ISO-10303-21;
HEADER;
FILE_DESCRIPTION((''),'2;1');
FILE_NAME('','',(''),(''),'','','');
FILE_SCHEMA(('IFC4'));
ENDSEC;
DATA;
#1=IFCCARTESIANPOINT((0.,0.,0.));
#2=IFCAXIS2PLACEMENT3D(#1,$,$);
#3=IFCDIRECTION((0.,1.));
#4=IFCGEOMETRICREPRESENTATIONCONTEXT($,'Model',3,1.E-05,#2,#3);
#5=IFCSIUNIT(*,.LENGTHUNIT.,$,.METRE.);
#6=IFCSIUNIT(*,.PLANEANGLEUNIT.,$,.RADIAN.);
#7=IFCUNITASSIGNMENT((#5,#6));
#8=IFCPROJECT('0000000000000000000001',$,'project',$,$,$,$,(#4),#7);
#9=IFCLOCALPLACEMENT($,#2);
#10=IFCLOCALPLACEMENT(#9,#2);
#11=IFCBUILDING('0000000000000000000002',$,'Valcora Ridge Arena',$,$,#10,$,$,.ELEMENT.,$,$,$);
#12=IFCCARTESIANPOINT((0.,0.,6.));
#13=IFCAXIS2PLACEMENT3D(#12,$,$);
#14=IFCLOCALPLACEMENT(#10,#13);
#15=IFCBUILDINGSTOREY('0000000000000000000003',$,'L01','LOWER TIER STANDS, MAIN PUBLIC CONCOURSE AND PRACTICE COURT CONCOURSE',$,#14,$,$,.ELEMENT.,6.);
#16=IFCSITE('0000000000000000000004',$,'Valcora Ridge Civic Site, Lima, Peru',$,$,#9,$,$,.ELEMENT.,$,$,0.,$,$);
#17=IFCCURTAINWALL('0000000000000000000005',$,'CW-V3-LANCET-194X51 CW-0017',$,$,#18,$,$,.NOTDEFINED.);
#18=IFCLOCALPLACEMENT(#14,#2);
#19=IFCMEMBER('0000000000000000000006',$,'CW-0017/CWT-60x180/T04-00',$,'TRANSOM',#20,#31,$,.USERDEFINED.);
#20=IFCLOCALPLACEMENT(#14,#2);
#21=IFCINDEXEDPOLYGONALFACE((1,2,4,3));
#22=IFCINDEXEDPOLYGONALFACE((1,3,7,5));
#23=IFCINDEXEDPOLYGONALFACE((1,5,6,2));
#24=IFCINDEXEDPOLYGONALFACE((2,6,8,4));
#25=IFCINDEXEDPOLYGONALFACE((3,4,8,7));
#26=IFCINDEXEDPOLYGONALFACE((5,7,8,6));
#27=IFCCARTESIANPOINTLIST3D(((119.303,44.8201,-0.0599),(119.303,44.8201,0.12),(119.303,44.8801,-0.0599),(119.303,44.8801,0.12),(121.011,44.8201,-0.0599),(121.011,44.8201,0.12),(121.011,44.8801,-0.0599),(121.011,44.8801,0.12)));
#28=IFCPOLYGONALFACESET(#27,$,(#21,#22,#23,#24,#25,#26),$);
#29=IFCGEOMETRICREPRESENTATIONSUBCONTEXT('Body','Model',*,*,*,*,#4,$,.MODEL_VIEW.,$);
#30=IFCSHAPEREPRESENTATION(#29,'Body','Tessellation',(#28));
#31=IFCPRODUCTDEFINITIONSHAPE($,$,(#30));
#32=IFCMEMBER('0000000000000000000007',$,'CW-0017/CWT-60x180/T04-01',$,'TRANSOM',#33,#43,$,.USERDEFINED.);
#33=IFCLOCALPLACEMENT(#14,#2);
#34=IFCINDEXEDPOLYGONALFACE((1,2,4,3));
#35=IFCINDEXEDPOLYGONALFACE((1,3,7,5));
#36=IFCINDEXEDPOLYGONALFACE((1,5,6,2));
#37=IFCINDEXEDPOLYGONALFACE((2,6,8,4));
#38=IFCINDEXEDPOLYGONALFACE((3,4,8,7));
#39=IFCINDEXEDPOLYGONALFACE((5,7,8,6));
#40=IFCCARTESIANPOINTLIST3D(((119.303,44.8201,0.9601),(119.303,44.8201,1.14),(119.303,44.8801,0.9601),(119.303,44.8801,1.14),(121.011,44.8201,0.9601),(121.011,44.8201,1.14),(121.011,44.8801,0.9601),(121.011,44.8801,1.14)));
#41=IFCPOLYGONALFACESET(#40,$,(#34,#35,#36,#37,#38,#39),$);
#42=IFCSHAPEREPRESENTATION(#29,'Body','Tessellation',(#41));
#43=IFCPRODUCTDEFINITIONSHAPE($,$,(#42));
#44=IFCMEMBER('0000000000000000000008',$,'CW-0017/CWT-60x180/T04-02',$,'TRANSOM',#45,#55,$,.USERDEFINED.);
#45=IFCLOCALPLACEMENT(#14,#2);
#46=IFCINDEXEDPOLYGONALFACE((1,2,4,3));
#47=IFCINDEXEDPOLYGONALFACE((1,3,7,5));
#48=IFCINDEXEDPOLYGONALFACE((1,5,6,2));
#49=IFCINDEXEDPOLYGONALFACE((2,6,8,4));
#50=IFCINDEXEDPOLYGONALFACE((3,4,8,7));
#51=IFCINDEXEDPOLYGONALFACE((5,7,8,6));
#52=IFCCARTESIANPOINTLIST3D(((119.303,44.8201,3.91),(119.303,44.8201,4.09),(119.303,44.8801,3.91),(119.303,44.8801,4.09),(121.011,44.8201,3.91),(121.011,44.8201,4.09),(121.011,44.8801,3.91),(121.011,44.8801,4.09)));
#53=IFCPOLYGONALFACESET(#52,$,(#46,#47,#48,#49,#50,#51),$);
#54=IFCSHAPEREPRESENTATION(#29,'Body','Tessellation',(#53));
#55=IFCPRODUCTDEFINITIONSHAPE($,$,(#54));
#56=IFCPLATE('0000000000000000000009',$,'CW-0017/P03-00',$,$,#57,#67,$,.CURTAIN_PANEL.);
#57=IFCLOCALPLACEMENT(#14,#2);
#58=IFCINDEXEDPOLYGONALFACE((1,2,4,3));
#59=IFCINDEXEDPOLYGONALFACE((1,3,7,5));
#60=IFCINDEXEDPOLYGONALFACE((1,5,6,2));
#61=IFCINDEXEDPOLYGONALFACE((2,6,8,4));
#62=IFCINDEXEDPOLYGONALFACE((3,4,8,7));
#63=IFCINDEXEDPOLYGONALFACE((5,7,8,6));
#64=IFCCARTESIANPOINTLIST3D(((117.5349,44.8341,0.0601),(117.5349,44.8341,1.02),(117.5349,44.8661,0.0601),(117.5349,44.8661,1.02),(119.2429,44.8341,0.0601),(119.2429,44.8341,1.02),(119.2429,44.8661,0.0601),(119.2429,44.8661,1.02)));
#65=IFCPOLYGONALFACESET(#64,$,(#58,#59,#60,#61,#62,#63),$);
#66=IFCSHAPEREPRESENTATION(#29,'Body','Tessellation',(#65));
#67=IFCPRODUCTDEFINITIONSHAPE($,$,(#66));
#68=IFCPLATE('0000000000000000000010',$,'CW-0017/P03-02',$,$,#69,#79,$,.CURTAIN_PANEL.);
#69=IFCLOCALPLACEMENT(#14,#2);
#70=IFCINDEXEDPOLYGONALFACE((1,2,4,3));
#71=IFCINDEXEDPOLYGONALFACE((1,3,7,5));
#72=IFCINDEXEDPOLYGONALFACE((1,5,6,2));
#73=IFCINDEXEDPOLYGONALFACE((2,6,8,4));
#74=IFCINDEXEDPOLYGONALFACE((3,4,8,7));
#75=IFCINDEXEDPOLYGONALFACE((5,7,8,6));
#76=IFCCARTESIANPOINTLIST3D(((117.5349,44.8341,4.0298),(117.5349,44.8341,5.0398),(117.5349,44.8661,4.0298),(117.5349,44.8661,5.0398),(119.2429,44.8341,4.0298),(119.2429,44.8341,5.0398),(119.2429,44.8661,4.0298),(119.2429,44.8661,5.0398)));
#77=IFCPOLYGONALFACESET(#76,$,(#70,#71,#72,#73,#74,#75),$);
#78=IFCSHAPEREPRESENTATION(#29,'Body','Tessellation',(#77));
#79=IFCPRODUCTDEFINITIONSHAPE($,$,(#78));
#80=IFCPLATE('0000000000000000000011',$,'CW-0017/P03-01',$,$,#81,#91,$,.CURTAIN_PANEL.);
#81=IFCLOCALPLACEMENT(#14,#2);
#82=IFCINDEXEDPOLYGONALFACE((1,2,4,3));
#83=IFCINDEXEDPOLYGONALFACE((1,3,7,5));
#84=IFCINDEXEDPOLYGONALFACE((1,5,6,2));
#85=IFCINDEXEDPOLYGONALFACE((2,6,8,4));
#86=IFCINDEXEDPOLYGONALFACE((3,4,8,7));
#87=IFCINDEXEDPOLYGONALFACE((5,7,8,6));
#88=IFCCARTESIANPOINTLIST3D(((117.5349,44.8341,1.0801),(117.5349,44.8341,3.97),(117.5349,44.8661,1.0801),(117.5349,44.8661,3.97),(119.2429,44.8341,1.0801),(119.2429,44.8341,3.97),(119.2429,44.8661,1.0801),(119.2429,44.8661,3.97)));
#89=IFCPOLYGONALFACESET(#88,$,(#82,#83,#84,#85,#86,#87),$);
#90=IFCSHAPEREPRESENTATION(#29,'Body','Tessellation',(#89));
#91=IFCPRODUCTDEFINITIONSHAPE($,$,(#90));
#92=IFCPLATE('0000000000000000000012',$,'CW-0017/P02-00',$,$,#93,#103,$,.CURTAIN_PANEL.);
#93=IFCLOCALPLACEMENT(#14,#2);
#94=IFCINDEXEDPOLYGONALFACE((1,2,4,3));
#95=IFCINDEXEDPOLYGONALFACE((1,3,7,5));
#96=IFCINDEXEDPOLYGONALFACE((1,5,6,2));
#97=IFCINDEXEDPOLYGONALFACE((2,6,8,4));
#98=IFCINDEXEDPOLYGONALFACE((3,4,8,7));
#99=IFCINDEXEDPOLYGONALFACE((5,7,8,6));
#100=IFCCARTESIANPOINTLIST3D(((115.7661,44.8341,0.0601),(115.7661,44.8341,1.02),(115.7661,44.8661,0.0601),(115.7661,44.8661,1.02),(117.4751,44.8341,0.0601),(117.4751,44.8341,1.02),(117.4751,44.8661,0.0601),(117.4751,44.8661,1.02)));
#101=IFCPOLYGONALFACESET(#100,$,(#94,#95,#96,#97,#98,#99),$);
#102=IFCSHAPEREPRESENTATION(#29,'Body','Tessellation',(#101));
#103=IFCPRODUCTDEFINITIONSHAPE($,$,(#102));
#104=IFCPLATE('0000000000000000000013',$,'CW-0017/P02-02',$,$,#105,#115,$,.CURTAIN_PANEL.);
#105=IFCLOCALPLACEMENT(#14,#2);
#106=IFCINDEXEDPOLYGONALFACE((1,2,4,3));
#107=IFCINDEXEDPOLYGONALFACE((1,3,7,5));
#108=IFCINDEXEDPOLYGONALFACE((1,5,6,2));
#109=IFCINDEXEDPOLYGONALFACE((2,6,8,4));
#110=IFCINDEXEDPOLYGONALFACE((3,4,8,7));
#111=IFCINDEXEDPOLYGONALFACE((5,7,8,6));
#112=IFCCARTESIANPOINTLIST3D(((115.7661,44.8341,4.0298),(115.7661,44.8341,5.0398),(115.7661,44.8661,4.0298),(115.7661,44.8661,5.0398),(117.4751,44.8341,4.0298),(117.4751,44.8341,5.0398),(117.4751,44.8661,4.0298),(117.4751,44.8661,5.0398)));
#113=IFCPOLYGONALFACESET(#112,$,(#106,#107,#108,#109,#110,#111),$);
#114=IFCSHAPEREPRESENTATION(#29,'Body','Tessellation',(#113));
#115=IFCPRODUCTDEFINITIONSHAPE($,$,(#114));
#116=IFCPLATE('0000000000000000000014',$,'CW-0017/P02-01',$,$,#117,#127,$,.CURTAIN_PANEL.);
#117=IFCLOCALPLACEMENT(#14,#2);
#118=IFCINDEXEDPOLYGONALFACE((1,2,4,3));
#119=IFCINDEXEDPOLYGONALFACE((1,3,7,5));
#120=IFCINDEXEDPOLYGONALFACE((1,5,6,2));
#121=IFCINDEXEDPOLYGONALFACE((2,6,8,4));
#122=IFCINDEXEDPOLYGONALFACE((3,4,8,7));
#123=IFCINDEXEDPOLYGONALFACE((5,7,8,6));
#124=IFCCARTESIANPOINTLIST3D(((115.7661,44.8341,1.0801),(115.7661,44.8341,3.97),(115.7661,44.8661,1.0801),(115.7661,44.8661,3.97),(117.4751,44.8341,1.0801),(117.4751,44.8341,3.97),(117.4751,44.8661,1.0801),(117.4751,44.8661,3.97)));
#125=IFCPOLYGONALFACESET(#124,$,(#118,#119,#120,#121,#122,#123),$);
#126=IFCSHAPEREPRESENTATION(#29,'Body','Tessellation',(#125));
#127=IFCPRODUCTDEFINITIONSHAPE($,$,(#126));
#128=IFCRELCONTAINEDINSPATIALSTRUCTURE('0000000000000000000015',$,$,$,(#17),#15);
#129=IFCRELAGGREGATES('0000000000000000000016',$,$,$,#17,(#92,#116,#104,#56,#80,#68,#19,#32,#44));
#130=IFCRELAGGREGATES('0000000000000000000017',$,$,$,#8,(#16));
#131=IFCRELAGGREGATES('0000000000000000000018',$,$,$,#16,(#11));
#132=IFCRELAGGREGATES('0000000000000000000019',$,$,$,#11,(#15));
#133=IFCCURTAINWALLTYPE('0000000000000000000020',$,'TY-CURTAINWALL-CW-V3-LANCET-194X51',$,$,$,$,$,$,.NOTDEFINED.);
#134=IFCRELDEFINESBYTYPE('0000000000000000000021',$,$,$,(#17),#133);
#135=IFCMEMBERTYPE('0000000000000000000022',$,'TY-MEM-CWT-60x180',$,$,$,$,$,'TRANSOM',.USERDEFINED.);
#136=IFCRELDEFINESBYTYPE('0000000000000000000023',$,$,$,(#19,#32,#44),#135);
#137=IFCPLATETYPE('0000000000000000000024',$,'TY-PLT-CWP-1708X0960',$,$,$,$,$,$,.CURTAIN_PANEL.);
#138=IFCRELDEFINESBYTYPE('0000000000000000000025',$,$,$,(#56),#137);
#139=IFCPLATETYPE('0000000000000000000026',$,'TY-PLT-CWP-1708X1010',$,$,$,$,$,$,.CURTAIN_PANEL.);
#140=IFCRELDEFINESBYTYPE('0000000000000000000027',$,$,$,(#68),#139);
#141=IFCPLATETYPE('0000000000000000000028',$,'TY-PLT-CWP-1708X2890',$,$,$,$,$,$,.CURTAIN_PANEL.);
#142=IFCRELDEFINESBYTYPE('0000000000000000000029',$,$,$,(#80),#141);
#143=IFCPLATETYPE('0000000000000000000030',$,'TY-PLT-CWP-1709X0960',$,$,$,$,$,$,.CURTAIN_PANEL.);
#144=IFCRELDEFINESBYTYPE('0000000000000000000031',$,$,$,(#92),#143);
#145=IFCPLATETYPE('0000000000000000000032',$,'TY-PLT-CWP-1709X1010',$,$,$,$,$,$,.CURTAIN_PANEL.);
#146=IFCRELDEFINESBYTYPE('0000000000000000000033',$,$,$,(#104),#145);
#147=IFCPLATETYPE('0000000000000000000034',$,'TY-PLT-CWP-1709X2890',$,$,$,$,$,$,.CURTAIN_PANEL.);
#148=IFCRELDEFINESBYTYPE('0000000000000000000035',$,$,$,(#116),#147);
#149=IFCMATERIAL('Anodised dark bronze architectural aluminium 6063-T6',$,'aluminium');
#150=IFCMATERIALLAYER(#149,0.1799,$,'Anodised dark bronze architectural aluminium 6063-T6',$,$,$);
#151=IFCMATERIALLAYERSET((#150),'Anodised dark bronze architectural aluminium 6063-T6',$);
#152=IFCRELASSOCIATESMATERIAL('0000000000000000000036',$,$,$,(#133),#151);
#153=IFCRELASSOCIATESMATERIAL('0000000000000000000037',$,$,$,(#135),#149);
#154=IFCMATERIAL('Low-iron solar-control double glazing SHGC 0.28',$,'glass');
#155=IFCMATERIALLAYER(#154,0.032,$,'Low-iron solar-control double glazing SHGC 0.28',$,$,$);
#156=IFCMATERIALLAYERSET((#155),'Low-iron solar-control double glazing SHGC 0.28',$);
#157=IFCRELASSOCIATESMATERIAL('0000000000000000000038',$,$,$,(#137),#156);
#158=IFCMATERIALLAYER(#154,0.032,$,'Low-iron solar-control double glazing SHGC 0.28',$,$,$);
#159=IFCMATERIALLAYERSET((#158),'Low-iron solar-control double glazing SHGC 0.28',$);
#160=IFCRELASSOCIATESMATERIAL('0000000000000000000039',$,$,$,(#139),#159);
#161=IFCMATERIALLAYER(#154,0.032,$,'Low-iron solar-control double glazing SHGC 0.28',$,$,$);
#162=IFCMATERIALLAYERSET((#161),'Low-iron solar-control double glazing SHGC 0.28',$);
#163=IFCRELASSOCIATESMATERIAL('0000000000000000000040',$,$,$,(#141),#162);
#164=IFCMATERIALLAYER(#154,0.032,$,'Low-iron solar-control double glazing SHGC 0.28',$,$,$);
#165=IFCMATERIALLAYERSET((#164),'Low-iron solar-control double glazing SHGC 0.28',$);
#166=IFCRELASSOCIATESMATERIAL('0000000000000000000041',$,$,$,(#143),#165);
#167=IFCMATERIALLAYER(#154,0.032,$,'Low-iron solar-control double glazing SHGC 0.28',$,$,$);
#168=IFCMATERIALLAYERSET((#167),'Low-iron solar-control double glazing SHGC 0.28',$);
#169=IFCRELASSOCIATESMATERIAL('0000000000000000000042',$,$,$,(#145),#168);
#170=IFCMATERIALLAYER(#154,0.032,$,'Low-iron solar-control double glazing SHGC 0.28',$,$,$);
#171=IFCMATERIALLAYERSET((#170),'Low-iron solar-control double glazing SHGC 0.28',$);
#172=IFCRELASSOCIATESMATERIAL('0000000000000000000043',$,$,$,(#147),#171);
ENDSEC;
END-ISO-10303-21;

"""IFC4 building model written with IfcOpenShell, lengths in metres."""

from ifc_helpers import new_model, si_unit, direction, frame, origin, origin_2d, place, context, subcontext, project, spatial, rectangle, extrude, material, layer, layer_set, material_profile, profile_set, type_object, element, aggregate, save


model = new_model("IFC4")

# Units and contexts
model_context = context("Model", 3, precision=1e-05, world=origin(), true_north=direction((0.0, 1.0)))
body_context = subcontext(model_context, "Body", "Model", "MODEL_VIEW")
ifc_project = project(units=[si_unit("LENGTHUNIT", "METRE"), si_unit("PLANEANGLEUNIT", "RADIAN")], contexts=[model_context])

# Site, building, storey
site_placement = place(None, origin())
site = spatial("IfcSite", under=ifc_project, at=site_placement, Name="Valcora Ridge Civic Site, Lima, Peru", CompositionType="ELEMENT", RefElevation=0.0)
building_placement = place(site_placement, origin())
building = spatial("IfcBuilding", under=site, at=building_placement, Name="Valcora Ridge Arena", CompositionType="ELEMENT")
storey_placement = place(building_placement, frame((0.0, 0.0, 6.0)))
storey = spatial("IfcBuildingStorey", under=building, at=storey_placement, Name="L01", Description="LOWER TIER STANDS, MAIN PUBLIC CONCOURSE AND PRACTICE COURT CONCOURSE", CompositionType="ELEMENT", Elevation=6.0)

# Curtain wall, members, plates
ifc_material_1 = material(Name="Anodised dark bronze architectural aluminium 6063-T6", Category="aluminium")
ifc_layer_1 = layer(ifc_material_1, 0.1799, Name="Anodised dark bronze architectural aluminium 6063-T6")
ifc_layer_set_1 = layer_set([ifc_layer_1], Name="Anodised dark bronze architectural aluminium 6063-T6")
curtain_wall_type = type_object("IfcCurtainWallType", Name="TY-CURTAINWALL-CW-V3-LANCET-194X51", PredefinedType="NOTDEFINED", material=ifc_layer_set_1)
curtain_wall_placement = place(storey_placement, origin())
curtain_wall = element("IfcCurtainWall", 1, at=curtain_wall_placement, inside=storey, type_object=curtain_wall_type, Name="CW-V3-LANCET-194X51 CW-0017", PredefinedType="NOTDEFINED")
ifc_material_profile_1 = material_profile(ifc_material_1, rectangle(XDim=0.0601, YDim=0.1799, at=origin_2d()), Name="ALU TRANSOM 60x180")
ifc_profile_set_1 = profile_set([ifc_material_profile_1], Name="Anodised dark bronze architectural aluminium 6063-T6")
member_type_1 = type_object("IfcMemberType", Name="TY-MEM-CWT-60x180", ElementType="TRANSOM", PredefinedType="USERDEFINED", material=ifc_profile_set_1)
member_1_placement = place(storey_placement, frame((119.303, 44.8501, 0.03), z_axis=(1.0, 0.0, 0.0), x_axis=(0.0, 1.0, 0.0)))
member_1 = element("IfcMember", 2, at=member_1_placement, type_object=member_type_1, Name="CW-0017/CWT-60x180/T04-00", ObjectType="TRANSOM", PredefinedType="USERDEFINED", context=body_context, shape_type="SweptSolid", body=[
    extrude(rectangle(XDim=0.0601, YDim=0.1799, at=origin_2d()), origin(), (0.0, 0.0, 1.0), 1.708),
])
member_2_placement = place(storey_placement, frame((119.303, 44.8501, 1.05), z_axis=(1.0, 0.0, 0.0), x_axis=(0.0, 1.0, 0.0)))
member_2 = element("IfcMember", 3, at=member_2_placement, type_object=member_type_1, Name="CW-0017/CWT-60x180/T04-01", ObjectType="TRANSOM", PredefinedType="USERDEFINED", context=body_context, shape_type="SweptSolid", body=[
    extrude(rectangle(XDim=0.0601, YDim=0.1799, at=origin_2d()), origin(), (0.0, 0.0, 1.0), 1.708),
])
member_3_placement = place(storey_placement, frame((119.303, 44.8501, 4.0), z_axis=(1.0, 0.0, 0.0), x_axis=(0.0, 1.0, 0.0)))
member_3 = element("IfcMember", 4, at=member_3_placement, type_object=member_type_1, Name="CW-0017/CWT-60x180/T04-02", ObjectType="TRANSOM", PredefinedType="USERDEFINED", context=body_context, shape_type="SweptSolid", body=[
    extrude(rectangle(XDim=0.0601, YDim=0.1799, at=origin_2d()), origin(), (0.0, 0.0, 1.0), 1.708),
])
ifc_material_2 = material(Name="Low-iron solar-control double glazing SHGC 0.28", Category="glass")
ifc_layer_2 = layer(ifc_material_2, 0.032, Name="Low-iron solar-control double glazing SHGC 0.28")
ifc_layer_set_2 = layer_set([ifc_layer_2], Name="Low-iron solar-control double glazing SHGC 0.28")
plate_type_1 = type_object("IfcPlateType", Name="TY-PLT-CWP-1708X0960", PredefinedType="CURTAIN_PANEL", material=ifc_layer_set_2)
plate_1_placement = place(storey_placement, frame((118.3889, 44.8501, 0.0601), z_axis=(0.0, 0.0, 1.0), x_axis=(1.0, 0.0, 0.0)))
plate_1 = element("IfcPlate", 5, at=plate_1_placement, type_object=plate_type_1, Name="CW-0017/P03-00", PredefinedType="CURTAIN_PANEL", context=body_context, shape_type="SweptSolid", body=[
    extrude(rectangle(XDim=1.708, YDim=0.032, at=origin_2d()), origin(), (0.0, 0.0, 1.0), 0.96),
])
ifc_layer_3 = layer(ifc_material_2, 0.032, Name="Low-iron solar-control double glazing SHGC 0.28")
ifc_layer_set_3 = layer_set([ifc_layer_3], Name="Low-iron solar-control double glazing SHGC 0.28")
plate_type_2 = type_object("IfcPlateType", Name="TY-PLT-CWP-1708X1010", PredefinedType="CURTAIN_PANEL", material=ifc_layer_set_3)
plate_2_placement = place(storey_placement, frame((118.3889, 44.8501, 4.0298), z_axis=(0.0, 0.0, 1.0), x_axis=(1.0, 0.0, 0.0)))
plate_2 = element("IfcPlate", 6, at=plate_2_placement, type_object=plate_type_2, Name="CW-0017/P03-02", PredefinedType="CURTAIN_PANEL", context=body_context, shape_type="SweptSolid", body=[
    extrude(rectangle(XDim=1.708, YDim=0.032, at=origin_2d()), origin(), (0.0, 0.0, 1.0), 1.01),
])
ifc_layer_4 = layer(ifc_material_2, 0.032, Name="Low-iron solar-control double glazing SHGC 0.28")
ifc_layer_set_4 = layer_set([ifc_layer_4], Name="Low-iron solar-control double glazing SHGC 0.28")
plate_type_3 = type_object("IfcPlateType", Name="TY-PLT-CWP-1708X2890", PredefinedType="CURTAIN_PANEL", material=ifc_layer_set_4)
plate_3_placement = place(storey_placement, frame((118.3889, 44.8501, 1.0801), z_axis=(0.0, 0.0, 1.0), x_axis=(1.0, 0.0, 0.0)))
plate_3 = element("IfcPlate", 7, at=plate_3_placement, type_object=plate_type_3, Name="CW-0017/P03-01", PredefinedType="CURTAIN_PANEL", context=body_context, shape_type="SweptSolid", body=[
    extrude(rectangle(XDim=1.708, YDim=0.032, at=origin_2d()), origin(), (0.0, 0.0, 1.0), 2.8899),
])
ifc_layer_5 = layer(ifc_material_2, 0.032, Name="Low-iron solar-control double glazing SHGC 0.28")
ifc_layer_set_5 = layer_set([ifc_layer_5], Name="Low-iron solar-control double glazing SHGC 0.28")
plate_type_4 = type_object("IfcPlateType", Name="TY-PLT-CWP-1709X0960", PredefinedType="CURTAIN_PANEL", material=ifc_layer_set_5)
plate_4_placement = place(storey_placement, frame((116.6206, 44.8501, 0.0601), z_axis=(0.0, 0.0, 1.0), x_axis=(1.0, 0.0, 0.0)))
plate_4 = element("IfcPlate", 8, at=plate_4_placement, type_object=plate_type_4, Name="CW-0017/P02-00", PredefinedType="CURTAIN_PANEL", context=body_context, shape_type="SweptSolid", body=[
    extrude(rectangle(XDim=1.709, YDim=0.032, at=origin_2d()), origin(), (0.0, 0.0, 1.0), 0.96),
])
ifc_layer_6 = layer(ifc_material_2, 0.032, Name="Low-iron solar-control double glazing SHGC 0.28")
ifc_layer_set_6 = layer_set([ifc_layer_6], Name="Low-iron solar-control double glazing SHGC 0.28")
plate_type_5 = type_object("IfcPlateType", Name="TY-PLT-CWP-1709X1010", PredefinedType="CURTAIN_PANEL", material=ifc_layer_set_6)
plate_5_placement = place(storey_placement, frame((116.6206, 44.8501, 4.0298), z_axis=(0.0, 0.0, 1.0), x_axis=(1.0, 0.0, 0.0)))
plate_5 = element("IfcPlate", 9, at=plate_5_placement, type_object=plate_type_5, Name="CW-0017/P02-02", PredefinedType="CURTAIN_PANEL", context=body_context, shape_type="SweptSolid", body=[
    extrude(rectangle(XDim=1.709, YDim=0.032, at=origin_2d()), origin(), (0.0, 0.0, 1.0), 1.01),
])
ifc_layer_7 = layer(ifc_material_2, 0.032, Name="Low-iron solar-control double glazing SHGC 0.28")
ifc_layer_set_7 = layer_set([ifc_layer_7], Name="Low-iron solar-control double glazing SHGC 0.28")
plate_type_6 = type_object("IfcPlateType", Name="TY-PLT-CWP-1709X2890", PredefinedType="CURTAIN_PANEL", material=ifc_layer_set_7)
plate_6_placement = place(storey_placement, frame((116.6206, 44.8501, 1.0801), z_axis=(0.0, 0.0, 1.0), x_axis=(1.0, 0.0, 0.0)))
plate_6 = element("IfcPlate", 10, at=plate_6_placement, type_object=plate_type_6, Name="CW-0017/P02-01", PredefinedType="CURTAIN_PANEL", context=body_context, shape_type="SweptSolid", body=[
    extrude(rectangle(XDim=1.709, YDim=0.032, at=origin_2d()), origin(), (0.0, 0.0, 1.0), 2.8899),
])
aggregate(curtain_wall, [plate_4, plate_6, plate_5, plate_1, plate_3, plate_2, member_1, member_2, member_3])

save(model, "model.ifc")
